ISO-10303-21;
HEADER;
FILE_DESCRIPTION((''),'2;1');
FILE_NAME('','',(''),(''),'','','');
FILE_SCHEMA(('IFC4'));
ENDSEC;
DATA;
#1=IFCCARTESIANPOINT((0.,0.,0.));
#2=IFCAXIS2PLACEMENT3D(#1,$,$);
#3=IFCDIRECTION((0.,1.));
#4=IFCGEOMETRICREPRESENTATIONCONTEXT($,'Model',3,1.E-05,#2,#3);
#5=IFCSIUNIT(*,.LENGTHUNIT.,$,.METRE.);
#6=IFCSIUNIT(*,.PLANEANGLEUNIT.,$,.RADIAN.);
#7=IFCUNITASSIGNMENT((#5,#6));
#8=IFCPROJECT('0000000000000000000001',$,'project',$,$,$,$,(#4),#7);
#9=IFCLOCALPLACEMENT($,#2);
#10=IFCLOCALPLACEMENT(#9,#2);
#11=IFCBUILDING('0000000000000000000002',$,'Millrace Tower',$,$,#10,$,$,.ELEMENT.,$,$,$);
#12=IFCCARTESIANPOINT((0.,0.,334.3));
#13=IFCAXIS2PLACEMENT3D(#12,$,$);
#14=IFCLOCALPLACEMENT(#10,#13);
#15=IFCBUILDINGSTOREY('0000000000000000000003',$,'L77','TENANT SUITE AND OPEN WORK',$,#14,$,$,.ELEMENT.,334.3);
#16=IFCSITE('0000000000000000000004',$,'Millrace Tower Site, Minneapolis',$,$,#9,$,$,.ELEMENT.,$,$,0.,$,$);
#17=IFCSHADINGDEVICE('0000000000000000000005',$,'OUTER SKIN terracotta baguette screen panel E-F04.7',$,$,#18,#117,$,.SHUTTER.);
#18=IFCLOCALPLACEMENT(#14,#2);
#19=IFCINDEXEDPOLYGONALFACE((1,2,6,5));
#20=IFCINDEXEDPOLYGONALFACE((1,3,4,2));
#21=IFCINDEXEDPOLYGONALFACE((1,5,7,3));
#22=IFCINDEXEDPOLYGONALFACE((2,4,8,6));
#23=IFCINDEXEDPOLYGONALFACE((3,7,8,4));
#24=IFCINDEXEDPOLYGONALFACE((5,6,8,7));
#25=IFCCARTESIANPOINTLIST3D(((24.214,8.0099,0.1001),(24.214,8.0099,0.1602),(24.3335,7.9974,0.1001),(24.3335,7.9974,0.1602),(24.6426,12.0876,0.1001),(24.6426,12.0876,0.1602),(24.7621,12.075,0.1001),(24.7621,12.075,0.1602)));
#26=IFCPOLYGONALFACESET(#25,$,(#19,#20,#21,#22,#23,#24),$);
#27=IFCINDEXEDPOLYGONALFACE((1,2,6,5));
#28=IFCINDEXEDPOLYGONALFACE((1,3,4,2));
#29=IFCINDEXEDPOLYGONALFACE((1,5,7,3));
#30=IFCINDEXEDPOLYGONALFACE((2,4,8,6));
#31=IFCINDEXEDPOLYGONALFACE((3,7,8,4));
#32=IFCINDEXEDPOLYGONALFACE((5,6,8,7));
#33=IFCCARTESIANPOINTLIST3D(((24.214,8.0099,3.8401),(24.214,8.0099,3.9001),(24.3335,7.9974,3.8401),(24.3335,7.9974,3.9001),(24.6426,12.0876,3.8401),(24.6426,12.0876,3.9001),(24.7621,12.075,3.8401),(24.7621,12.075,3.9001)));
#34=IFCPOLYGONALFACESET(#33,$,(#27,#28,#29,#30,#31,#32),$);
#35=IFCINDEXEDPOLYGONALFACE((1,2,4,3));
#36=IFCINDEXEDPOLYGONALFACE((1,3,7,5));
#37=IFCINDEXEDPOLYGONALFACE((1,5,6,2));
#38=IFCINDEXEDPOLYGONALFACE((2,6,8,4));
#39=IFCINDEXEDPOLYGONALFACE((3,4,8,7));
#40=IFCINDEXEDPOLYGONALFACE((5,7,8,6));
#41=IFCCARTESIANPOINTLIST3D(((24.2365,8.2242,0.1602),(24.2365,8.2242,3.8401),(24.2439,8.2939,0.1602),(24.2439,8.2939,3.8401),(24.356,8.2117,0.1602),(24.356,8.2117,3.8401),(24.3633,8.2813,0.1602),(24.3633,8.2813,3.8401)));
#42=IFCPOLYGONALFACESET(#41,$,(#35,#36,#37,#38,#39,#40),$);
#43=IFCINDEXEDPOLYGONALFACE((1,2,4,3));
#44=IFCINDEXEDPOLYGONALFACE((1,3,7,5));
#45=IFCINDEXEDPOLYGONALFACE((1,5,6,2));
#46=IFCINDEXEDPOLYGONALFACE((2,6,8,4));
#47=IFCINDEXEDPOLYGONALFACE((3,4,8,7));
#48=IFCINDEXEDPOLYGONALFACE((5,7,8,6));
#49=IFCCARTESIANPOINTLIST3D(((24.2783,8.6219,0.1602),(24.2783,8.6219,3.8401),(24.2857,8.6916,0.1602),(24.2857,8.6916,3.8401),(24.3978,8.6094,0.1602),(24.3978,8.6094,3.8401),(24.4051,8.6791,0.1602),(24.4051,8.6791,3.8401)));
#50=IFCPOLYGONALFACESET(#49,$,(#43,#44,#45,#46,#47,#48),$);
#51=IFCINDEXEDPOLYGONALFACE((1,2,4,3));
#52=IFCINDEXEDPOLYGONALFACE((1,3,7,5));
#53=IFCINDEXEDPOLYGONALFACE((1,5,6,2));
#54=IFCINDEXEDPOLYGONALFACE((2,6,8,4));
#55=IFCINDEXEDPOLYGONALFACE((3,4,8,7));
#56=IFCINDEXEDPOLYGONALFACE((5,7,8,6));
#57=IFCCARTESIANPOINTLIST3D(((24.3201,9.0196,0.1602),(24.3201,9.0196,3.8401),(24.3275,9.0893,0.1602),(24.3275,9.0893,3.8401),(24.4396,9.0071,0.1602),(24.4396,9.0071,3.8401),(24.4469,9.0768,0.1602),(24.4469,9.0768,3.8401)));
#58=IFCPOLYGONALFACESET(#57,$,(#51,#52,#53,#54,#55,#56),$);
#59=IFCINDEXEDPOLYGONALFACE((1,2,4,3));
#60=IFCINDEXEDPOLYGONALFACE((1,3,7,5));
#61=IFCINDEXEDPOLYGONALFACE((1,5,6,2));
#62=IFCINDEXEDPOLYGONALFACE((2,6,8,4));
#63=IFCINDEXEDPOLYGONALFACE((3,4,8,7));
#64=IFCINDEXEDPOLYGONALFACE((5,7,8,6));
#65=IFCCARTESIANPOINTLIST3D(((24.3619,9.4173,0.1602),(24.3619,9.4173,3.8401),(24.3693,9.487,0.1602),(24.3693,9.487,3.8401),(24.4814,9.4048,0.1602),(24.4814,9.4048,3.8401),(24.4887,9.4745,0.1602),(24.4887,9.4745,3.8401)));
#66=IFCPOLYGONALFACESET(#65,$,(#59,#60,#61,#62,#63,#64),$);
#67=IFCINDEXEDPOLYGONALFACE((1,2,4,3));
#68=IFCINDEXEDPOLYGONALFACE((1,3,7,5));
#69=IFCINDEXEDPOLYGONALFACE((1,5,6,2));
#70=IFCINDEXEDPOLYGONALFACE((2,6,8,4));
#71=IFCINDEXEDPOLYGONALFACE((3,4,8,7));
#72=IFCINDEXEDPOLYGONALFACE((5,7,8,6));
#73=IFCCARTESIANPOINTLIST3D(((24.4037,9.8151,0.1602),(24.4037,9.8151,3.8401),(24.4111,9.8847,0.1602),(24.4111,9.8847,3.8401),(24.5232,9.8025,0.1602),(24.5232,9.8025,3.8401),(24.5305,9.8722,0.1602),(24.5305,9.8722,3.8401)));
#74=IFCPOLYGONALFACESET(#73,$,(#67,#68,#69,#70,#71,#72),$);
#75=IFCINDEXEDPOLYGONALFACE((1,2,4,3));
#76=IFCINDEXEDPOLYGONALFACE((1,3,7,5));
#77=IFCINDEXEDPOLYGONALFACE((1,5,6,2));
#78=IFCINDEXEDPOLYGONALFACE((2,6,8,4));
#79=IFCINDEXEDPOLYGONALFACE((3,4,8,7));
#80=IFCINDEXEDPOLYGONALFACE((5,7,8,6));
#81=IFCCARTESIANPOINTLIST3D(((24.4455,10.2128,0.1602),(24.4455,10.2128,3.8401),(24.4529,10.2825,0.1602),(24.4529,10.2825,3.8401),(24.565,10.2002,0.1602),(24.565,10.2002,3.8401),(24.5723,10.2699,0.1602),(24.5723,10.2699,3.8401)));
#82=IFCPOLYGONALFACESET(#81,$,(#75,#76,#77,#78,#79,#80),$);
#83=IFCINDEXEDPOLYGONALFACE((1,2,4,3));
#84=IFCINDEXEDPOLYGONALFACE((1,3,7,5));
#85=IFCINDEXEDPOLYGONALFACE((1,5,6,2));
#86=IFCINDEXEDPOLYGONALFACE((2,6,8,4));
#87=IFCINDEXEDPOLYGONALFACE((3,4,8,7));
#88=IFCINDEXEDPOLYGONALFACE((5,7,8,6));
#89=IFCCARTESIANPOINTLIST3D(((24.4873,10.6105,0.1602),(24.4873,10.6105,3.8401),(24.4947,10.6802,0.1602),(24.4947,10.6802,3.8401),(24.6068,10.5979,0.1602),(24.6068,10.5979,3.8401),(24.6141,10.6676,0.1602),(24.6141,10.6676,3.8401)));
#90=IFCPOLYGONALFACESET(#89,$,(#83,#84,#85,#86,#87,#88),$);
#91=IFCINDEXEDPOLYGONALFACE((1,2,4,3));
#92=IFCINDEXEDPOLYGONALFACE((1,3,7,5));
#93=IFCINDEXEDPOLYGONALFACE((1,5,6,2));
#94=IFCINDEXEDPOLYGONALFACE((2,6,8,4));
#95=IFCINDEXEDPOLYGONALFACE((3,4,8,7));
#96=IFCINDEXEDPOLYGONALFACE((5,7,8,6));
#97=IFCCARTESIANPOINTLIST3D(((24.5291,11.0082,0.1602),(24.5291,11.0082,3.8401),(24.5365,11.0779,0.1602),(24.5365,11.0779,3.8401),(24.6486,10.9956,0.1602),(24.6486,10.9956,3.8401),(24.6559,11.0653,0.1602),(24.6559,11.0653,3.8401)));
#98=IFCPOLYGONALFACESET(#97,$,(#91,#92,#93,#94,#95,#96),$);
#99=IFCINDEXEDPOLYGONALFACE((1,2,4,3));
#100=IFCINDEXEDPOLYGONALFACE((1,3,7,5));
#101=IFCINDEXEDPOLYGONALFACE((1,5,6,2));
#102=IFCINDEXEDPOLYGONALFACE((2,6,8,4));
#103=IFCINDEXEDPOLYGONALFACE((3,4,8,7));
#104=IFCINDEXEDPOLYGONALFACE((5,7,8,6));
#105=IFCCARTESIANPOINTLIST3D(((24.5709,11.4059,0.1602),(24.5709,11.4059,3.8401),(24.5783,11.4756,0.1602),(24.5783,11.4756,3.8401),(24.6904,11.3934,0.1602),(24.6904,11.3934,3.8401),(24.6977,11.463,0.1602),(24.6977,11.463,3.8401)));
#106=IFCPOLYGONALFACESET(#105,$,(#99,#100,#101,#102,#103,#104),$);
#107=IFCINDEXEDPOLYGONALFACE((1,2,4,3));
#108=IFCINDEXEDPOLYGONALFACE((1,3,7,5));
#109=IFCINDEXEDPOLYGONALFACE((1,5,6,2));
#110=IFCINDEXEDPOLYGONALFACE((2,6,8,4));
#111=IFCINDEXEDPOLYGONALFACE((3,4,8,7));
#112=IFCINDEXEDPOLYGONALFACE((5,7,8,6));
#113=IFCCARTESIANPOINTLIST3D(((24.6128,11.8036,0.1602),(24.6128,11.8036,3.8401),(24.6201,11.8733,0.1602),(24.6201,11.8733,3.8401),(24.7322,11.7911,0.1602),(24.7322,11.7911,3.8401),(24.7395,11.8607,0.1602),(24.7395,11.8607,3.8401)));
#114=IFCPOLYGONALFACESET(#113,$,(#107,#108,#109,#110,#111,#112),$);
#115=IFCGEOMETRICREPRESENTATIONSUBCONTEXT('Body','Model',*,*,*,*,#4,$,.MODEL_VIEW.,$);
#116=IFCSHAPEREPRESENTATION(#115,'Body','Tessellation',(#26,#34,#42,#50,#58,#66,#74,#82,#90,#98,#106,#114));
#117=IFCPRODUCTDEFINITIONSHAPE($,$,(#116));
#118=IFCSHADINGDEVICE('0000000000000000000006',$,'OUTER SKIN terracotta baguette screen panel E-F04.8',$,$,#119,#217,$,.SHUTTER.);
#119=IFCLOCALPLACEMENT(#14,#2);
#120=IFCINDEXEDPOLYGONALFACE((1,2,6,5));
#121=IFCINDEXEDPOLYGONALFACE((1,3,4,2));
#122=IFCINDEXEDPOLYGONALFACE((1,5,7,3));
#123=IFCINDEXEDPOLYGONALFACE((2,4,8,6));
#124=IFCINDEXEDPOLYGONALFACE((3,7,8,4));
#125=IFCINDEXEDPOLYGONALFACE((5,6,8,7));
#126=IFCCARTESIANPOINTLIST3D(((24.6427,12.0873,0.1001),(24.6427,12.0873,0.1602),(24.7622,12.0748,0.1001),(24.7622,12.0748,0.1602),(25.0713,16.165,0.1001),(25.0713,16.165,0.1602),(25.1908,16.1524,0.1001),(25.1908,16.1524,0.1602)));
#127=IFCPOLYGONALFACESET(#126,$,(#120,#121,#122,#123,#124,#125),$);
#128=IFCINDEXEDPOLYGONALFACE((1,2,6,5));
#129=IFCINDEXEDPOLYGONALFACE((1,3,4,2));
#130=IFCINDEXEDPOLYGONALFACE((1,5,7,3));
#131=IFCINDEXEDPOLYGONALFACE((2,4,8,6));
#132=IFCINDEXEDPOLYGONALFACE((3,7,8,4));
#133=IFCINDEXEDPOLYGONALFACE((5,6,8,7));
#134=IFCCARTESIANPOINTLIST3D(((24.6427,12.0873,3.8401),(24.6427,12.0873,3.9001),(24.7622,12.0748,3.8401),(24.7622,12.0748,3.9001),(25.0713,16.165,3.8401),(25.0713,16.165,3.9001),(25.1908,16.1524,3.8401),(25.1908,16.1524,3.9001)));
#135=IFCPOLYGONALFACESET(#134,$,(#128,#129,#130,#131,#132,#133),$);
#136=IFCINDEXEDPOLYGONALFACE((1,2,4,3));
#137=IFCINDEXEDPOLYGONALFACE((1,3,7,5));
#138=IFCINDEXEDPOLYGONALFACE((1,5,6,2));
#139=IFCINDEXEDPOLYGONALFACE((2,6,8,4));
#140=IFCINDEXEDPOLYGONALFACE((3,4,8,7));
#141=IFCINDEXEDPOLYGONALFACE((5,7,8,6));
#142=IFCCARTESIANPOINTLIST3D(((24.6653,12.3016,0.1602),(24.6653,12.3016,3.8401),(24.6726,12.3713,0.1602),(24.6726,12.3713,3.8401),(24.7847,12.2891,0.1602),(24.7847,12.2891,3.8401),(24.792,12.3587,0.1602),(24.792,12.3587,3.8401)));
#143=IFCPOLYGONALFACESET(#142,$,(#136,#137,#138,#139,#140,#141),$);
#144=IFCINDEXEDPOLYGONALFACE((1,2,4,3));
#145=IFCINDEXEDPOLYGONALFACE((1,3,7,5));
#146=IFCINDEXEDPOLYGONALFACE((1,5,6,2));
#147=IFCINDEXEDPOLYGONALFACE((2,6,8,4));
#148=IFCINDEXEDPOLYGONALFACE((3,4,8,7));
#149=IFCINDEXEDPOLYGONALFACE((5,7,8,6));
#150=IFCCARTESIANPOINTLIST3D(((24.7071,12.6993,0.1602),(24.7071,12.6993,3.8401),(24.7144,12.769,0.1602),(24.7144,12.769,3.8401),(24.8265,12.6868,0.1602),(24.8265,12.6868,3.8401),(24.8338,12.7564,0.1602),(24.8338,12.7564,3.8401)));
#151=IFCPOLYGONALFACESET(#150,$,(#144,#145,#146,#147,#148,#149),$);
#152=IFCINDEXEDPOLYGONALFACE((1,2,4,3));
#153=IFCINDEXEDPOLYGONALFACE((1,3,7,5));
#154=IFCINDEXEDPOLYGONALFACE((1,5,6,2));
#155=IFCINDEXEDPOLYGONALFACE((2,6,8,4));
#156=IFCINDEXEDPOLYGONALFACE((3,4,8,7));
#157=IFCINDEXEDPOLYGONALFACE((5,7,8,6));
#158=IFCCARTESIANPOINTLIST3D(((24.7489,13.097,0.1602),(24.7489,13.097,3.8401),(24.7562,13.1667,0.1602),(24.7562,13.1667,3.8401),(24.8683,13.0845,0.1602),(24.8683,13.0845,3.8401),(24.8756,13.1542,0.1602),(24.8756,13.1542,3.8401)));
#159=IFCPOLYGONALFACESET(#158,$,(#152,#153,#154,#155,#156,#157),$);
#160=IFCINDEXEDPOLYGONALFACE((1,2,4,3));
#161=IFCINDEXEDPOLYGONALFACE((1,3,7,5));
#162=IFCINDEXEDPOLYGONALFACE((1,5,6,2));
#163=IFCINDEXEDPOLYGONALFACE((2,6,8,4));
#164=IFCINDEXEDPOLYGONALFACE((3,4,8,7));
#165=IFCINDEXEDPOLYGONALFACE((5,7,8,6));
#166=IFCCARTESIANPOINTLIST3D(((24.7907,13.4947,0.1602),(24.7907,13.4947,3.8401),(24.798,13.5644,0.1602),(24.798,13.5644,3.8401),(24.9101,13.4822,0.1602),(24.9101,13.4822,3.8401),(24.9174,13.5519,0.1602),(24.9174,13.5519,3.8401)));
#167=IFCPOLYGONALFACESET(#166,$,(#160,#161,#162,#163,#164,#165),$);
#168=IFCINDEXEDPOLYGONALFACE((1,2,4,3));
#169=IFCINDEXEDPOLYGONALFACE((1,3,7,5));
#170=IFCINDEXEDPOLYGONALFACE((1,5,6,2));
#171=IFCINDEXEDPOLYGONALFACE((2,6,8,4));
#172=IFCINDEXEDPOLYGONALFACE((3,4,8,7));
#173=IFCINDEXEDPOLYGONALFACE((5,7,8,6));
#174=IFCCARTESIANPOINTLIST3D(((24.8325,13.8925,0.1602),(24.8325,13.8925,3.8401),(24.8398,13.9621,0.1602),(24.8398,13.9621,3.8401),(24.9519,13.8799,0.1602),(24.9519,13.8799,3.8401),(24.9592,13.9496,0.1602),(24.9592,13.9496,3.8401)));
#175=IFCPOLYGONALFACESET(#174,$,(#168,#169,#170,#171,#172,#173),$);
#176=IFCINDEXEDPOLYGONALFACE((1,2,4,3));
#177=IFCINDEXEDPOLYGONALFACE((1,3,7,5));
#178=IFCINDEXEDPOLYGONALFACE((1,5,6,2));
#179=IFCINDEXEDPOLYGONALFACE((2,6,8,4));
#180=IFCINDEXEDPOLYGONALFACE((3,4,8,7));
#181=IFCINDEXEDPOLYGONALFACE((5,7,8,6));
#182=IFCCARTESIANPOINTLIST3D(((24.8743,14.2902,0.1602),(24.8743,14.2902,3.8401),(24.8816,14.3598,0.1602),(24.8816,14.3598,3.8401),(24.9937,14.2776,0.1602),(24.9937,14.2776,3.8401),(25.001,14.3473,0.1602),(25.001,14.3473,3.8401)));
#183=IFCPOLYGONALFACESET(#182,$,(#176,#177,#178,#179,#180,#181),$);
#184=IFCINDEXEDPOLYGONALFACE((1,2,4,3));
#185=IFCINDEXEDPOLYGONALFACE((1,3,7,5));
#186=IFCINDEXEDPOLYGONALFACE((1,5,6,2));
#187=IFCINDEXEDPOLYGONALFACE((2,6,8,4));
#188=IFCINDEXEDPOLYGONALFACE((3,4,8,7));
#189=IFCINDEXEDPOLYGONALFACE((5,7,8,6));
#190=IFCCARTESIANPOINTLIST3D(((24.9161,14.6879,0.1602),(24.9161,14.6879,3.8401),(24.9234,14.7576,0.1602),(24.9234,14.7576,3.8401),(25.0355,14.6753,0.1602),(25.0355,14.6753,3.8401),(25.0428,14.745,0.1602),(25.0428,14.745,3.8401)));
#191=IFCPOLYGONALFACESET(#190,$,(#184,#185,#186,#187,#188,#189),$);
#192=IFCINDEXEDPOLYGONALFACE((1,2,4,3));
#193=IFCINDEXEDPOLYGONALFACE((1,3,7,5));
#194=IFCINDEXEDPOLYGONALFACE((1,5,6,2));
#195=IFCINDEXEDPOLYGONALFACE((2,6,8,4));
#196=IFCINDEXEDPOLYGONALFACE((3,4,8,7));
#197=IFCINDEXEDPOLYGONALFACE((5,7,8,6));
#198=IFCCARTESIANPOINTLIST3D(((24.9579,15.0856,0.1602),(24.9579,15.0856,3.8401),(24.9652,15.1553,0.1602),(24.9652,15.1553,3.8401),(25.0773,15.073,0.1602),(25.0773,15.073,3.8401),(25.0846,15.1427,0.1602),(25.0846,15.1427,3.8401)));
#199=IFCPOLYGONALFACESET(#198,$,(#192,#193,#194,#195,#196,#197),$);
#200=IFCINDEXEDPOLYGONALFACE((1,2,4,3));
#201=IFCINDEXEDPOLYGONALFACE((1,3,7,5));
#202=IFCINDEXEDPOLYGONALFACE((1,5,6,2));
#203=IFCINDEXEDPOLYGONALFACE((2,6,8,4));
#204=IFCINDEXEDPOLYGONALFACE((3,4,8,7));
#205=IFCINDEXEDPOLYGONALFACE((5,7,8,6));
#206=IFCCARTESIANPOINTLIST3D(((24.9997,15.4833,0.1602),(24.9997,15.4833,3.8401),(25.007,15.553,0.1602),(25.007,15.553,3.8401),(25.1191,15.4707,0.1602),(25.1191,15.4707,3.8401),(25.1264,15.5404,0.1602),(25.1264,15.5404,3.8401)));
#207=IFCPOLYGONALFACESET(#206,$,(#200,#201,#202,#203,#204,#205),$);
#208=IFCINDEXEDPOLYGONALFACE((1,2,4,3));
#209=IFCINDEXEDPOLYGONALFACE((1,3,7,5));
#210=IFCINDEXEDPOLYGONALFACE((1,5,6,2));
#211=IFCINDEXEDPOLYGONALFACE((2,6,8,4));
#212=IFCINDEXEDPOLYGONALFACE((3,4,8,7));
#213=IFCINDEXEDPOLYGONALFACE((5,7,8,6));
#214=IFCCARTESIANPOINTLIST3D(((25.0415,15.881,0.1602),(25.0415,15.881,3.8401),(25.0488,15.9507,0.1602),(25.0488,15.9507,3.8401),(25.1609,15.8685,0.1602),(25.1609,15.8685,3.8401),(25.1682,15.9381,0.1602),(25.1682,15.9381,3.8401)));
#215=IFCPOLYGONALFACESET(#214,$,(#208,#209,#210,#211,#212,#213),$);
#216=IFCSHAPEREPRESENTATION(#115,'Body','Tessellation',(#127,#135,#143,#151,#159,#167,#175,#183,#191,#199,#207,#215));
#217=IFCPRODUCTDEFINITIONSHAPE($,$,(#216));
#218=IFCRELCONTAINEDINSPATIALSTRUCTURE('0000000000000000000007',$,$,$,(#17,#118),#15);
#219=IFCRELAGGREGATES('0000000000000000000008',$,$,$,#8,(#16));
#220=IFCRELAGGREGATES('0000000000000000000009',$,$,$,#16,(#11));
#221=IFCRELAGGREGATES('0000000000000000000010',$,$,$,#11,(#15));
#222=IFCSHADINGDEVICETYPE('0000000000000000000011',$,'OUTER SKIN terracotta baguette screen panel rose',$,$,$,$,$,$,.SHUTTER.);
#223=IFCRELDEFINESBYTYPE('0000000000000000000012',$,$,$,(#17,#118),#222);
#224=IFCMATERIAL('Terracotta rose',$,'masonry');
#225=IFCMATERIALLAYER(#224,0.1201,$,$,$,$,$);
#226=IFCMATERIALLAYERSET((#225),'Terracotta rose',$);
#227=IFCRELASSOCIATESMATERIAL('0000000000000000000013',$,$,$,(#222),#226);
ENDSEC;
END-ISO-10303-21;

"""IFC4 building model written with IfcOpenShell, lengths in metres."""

from ifc_helpers import new_model, entity, si_unit, direction, frame, frame_2d, origin, place, context, subcontext, project, spatial, rectangle, extrude, source, transform, mapped, material, layer, layer_set, type_object, element, save


model = new_model("IFC4")

# Units and contexts
model_context = context("Model", 3, precision=1e-05, world=origin(), true_north=direction((0.0, 1.0)))
body_context = subcontext(model_context, "Body", "Model", "MODEL_VIEW")
ifc_project = project(units=[si_unit("LENGTHUNIT", "METRE"), si_unit("PLANEANGLEUNIT", "RADIAN")], contexts=[model_context])

# Site, building, storey
site_placement = place(None, origin())
site = spatial("IfcSite", under=ifc_project, at=site_placement, Name="Millrace Tower Site, Minneapolis", CompositionType="ELEMENT", RefElevation=0.0)
building_placement = place(site_placement, origin())
building = spatial("IfcBuilding", under=site, at=building_placement, Name="Millrace Tower", CompositionType="ELEMENT")
storey_placement = place(building_placement, frame((0.0, 0.0, 334.3)))
storey = spatial("IfcBuildingStorey", under=building, at=storey_placement, Name="L77", Description="TENANT SUITE AND OPEN WORK", CompositionType="ELEMENT", Elevation=334.3)

# Shading devices
ifc_material_1 = material(Name="Terracotta rose", Category="masonry")
ifc_layer_1 = layer(ifc_material_1, 0.1201)
ifc_layer_set_1 = layer_set([ifc_layer_1], Name="Terracotta rose")
shading_device_type = type_object("IfcShadingDeviceType", Name="OUTER SKIN terracotta baguette screen panel rose", PredefinedType="SHUTTER", material=ifc_layer_set_1)
cartesian_point_1 = entity("IfcCartesianPoint", [-2.05, 0.0601])
shared_polyline_1 = entity("IfcPolyline", [cartesian_point_1, entity("IfcCartesianPoint", [2.05, 0.0601]), entity("IfcCartesianPoint", [2.05, -0.0601]), entity("IfcCartesianPoint", [-2.05, -0.0601]), cartesian_point_1])
shared_shape_1 = source(origin(), body_context, "Body", "SweptSolid", [
    entity("IfcExtrudedAreaSolid", entity("IfcArbitraryClosedProfileDef", "AREA", None, shared_polyline_1), entity("IfcAxis2Placement3D", entity("IfcCartesianPoint", [0.0, 0.0, 0.0])), entity("IfcDirection", [0.0, 0.0, 1.0]), 0.0601),
    entity("IfcExtrudedAreaSolid", entity("IfcArbitraryClosedProfileDef", "AREA", None, shared_polyline_1), entity("IfcAxis2Placement3D", entity("IfcCartesianPoint", [0.0, 0.0, 3.74])), entity("IfcDirection", [0.0, 0.0, 1.0]), 0.0601),
    extrude(rectangle(XDim=0.0701, YDim=0.1201, at=frame_2d((-1.7996, 0.0))), frame((0.0, 0.0, 0.0601)), (0.0, 0.0, 1.0), 3.6799),
    extrude(rectangle(XDim=0.0701, YDim=0.1201, at=frame_2d((-1.3997, 0.0))), frame((0.0, 0.0, 0.0601)), (0.0, 0.0, 1.0), 3.6799),
    extrude(rectangle(XDim=0.0701, YDim=0.1201, at=frame_2d((-0.9998, 0.0))), frame((0.0, 0.0, 0.0601)), (0.0, 0.0, 1.0), 3.6799),
    extrude(rectangle(XDim=0.0701, YDim=0.1201, at=frame_2d((-0.5999, 0.0))), frame((0.0, 0.0, 0.0601)), (0.0, 0.0, 1.0), 3.6799),
    extrude(rectangle(XDim=0.0701, YDim=0.1201, at=frame_2d((-0.2, 0.0))), frame((0.0, 0.0, 0.0601)), (0.0, 0.0, 1.0), 3.6799),
    extrude(rectangle(XDim=0.0701, YDim=0.1201, at=frame_2d((0.2, 0.0))), frame((0.0, 0.0, 0.0601)), (0.0, 0.0, 1.0), 3.6799),
    extrude(rectangle(XDim=0.0701, YDim=0.1201, at=frame_2d((0.5999, 0.0))), frame((0.0, 0.0, 0.0601)), (0.0, 0.0, 1.0), 3.6799),
    extrude(rectangle(XDim=0.0701, YDim=0.1201, at=frame_2d((0.9998, 0.0))), frame((0.0, 0.0, 0.0601)), (0.0, 0.0, 1.0), 3.6799),
    extrude(rectangle(XDim=0.0701, YDim=0.1201, at=frame_2d((1.3997, 0.0))), frame((0.0, 0.0, 0.0601)), (0.0, 0.0, 1.0), 3.6799),
    extrude(rectangle(XDim=0.0701, YDim=0.1201, at=frame_2d((1.7996, 0.0))), frame((0.0, 0.0, 0.0601)), (0.0, 0.0, 1.0), 3.6799),
])
for number, where, z_axis, x_axis, name in (
    (1, (24.488, 10.0425, 0.1001), (0.0, 0.0, 1.0), (0.104528, 0.994522, 0.0), "OUTER SKIN terracotta baguette screen panel E-F04.7"),
    (2, (24.9167, 14.1199, 0.1001), (0.0, 0.0, 1.0), (0.104528, 0.994522, 0.0), "OUTER SKIN terracotta baguette screen panel E-F04.8"),
):
    element("IfcShadingDevice", number, at=place(storey_placement, frame(where, z_axis=z_axis, x_axis=x_axis)), inside=storey, type_object=shading_device_type, Name=name, PredefinedType="SHUTTER", context=body_context, shape_type="MappedRepresentation", body=[
        mapped(shared_shape_1, transform((0.0, 0.0, 0.0), scale=1.0)),
    ])

save(model, "model.ifc")
